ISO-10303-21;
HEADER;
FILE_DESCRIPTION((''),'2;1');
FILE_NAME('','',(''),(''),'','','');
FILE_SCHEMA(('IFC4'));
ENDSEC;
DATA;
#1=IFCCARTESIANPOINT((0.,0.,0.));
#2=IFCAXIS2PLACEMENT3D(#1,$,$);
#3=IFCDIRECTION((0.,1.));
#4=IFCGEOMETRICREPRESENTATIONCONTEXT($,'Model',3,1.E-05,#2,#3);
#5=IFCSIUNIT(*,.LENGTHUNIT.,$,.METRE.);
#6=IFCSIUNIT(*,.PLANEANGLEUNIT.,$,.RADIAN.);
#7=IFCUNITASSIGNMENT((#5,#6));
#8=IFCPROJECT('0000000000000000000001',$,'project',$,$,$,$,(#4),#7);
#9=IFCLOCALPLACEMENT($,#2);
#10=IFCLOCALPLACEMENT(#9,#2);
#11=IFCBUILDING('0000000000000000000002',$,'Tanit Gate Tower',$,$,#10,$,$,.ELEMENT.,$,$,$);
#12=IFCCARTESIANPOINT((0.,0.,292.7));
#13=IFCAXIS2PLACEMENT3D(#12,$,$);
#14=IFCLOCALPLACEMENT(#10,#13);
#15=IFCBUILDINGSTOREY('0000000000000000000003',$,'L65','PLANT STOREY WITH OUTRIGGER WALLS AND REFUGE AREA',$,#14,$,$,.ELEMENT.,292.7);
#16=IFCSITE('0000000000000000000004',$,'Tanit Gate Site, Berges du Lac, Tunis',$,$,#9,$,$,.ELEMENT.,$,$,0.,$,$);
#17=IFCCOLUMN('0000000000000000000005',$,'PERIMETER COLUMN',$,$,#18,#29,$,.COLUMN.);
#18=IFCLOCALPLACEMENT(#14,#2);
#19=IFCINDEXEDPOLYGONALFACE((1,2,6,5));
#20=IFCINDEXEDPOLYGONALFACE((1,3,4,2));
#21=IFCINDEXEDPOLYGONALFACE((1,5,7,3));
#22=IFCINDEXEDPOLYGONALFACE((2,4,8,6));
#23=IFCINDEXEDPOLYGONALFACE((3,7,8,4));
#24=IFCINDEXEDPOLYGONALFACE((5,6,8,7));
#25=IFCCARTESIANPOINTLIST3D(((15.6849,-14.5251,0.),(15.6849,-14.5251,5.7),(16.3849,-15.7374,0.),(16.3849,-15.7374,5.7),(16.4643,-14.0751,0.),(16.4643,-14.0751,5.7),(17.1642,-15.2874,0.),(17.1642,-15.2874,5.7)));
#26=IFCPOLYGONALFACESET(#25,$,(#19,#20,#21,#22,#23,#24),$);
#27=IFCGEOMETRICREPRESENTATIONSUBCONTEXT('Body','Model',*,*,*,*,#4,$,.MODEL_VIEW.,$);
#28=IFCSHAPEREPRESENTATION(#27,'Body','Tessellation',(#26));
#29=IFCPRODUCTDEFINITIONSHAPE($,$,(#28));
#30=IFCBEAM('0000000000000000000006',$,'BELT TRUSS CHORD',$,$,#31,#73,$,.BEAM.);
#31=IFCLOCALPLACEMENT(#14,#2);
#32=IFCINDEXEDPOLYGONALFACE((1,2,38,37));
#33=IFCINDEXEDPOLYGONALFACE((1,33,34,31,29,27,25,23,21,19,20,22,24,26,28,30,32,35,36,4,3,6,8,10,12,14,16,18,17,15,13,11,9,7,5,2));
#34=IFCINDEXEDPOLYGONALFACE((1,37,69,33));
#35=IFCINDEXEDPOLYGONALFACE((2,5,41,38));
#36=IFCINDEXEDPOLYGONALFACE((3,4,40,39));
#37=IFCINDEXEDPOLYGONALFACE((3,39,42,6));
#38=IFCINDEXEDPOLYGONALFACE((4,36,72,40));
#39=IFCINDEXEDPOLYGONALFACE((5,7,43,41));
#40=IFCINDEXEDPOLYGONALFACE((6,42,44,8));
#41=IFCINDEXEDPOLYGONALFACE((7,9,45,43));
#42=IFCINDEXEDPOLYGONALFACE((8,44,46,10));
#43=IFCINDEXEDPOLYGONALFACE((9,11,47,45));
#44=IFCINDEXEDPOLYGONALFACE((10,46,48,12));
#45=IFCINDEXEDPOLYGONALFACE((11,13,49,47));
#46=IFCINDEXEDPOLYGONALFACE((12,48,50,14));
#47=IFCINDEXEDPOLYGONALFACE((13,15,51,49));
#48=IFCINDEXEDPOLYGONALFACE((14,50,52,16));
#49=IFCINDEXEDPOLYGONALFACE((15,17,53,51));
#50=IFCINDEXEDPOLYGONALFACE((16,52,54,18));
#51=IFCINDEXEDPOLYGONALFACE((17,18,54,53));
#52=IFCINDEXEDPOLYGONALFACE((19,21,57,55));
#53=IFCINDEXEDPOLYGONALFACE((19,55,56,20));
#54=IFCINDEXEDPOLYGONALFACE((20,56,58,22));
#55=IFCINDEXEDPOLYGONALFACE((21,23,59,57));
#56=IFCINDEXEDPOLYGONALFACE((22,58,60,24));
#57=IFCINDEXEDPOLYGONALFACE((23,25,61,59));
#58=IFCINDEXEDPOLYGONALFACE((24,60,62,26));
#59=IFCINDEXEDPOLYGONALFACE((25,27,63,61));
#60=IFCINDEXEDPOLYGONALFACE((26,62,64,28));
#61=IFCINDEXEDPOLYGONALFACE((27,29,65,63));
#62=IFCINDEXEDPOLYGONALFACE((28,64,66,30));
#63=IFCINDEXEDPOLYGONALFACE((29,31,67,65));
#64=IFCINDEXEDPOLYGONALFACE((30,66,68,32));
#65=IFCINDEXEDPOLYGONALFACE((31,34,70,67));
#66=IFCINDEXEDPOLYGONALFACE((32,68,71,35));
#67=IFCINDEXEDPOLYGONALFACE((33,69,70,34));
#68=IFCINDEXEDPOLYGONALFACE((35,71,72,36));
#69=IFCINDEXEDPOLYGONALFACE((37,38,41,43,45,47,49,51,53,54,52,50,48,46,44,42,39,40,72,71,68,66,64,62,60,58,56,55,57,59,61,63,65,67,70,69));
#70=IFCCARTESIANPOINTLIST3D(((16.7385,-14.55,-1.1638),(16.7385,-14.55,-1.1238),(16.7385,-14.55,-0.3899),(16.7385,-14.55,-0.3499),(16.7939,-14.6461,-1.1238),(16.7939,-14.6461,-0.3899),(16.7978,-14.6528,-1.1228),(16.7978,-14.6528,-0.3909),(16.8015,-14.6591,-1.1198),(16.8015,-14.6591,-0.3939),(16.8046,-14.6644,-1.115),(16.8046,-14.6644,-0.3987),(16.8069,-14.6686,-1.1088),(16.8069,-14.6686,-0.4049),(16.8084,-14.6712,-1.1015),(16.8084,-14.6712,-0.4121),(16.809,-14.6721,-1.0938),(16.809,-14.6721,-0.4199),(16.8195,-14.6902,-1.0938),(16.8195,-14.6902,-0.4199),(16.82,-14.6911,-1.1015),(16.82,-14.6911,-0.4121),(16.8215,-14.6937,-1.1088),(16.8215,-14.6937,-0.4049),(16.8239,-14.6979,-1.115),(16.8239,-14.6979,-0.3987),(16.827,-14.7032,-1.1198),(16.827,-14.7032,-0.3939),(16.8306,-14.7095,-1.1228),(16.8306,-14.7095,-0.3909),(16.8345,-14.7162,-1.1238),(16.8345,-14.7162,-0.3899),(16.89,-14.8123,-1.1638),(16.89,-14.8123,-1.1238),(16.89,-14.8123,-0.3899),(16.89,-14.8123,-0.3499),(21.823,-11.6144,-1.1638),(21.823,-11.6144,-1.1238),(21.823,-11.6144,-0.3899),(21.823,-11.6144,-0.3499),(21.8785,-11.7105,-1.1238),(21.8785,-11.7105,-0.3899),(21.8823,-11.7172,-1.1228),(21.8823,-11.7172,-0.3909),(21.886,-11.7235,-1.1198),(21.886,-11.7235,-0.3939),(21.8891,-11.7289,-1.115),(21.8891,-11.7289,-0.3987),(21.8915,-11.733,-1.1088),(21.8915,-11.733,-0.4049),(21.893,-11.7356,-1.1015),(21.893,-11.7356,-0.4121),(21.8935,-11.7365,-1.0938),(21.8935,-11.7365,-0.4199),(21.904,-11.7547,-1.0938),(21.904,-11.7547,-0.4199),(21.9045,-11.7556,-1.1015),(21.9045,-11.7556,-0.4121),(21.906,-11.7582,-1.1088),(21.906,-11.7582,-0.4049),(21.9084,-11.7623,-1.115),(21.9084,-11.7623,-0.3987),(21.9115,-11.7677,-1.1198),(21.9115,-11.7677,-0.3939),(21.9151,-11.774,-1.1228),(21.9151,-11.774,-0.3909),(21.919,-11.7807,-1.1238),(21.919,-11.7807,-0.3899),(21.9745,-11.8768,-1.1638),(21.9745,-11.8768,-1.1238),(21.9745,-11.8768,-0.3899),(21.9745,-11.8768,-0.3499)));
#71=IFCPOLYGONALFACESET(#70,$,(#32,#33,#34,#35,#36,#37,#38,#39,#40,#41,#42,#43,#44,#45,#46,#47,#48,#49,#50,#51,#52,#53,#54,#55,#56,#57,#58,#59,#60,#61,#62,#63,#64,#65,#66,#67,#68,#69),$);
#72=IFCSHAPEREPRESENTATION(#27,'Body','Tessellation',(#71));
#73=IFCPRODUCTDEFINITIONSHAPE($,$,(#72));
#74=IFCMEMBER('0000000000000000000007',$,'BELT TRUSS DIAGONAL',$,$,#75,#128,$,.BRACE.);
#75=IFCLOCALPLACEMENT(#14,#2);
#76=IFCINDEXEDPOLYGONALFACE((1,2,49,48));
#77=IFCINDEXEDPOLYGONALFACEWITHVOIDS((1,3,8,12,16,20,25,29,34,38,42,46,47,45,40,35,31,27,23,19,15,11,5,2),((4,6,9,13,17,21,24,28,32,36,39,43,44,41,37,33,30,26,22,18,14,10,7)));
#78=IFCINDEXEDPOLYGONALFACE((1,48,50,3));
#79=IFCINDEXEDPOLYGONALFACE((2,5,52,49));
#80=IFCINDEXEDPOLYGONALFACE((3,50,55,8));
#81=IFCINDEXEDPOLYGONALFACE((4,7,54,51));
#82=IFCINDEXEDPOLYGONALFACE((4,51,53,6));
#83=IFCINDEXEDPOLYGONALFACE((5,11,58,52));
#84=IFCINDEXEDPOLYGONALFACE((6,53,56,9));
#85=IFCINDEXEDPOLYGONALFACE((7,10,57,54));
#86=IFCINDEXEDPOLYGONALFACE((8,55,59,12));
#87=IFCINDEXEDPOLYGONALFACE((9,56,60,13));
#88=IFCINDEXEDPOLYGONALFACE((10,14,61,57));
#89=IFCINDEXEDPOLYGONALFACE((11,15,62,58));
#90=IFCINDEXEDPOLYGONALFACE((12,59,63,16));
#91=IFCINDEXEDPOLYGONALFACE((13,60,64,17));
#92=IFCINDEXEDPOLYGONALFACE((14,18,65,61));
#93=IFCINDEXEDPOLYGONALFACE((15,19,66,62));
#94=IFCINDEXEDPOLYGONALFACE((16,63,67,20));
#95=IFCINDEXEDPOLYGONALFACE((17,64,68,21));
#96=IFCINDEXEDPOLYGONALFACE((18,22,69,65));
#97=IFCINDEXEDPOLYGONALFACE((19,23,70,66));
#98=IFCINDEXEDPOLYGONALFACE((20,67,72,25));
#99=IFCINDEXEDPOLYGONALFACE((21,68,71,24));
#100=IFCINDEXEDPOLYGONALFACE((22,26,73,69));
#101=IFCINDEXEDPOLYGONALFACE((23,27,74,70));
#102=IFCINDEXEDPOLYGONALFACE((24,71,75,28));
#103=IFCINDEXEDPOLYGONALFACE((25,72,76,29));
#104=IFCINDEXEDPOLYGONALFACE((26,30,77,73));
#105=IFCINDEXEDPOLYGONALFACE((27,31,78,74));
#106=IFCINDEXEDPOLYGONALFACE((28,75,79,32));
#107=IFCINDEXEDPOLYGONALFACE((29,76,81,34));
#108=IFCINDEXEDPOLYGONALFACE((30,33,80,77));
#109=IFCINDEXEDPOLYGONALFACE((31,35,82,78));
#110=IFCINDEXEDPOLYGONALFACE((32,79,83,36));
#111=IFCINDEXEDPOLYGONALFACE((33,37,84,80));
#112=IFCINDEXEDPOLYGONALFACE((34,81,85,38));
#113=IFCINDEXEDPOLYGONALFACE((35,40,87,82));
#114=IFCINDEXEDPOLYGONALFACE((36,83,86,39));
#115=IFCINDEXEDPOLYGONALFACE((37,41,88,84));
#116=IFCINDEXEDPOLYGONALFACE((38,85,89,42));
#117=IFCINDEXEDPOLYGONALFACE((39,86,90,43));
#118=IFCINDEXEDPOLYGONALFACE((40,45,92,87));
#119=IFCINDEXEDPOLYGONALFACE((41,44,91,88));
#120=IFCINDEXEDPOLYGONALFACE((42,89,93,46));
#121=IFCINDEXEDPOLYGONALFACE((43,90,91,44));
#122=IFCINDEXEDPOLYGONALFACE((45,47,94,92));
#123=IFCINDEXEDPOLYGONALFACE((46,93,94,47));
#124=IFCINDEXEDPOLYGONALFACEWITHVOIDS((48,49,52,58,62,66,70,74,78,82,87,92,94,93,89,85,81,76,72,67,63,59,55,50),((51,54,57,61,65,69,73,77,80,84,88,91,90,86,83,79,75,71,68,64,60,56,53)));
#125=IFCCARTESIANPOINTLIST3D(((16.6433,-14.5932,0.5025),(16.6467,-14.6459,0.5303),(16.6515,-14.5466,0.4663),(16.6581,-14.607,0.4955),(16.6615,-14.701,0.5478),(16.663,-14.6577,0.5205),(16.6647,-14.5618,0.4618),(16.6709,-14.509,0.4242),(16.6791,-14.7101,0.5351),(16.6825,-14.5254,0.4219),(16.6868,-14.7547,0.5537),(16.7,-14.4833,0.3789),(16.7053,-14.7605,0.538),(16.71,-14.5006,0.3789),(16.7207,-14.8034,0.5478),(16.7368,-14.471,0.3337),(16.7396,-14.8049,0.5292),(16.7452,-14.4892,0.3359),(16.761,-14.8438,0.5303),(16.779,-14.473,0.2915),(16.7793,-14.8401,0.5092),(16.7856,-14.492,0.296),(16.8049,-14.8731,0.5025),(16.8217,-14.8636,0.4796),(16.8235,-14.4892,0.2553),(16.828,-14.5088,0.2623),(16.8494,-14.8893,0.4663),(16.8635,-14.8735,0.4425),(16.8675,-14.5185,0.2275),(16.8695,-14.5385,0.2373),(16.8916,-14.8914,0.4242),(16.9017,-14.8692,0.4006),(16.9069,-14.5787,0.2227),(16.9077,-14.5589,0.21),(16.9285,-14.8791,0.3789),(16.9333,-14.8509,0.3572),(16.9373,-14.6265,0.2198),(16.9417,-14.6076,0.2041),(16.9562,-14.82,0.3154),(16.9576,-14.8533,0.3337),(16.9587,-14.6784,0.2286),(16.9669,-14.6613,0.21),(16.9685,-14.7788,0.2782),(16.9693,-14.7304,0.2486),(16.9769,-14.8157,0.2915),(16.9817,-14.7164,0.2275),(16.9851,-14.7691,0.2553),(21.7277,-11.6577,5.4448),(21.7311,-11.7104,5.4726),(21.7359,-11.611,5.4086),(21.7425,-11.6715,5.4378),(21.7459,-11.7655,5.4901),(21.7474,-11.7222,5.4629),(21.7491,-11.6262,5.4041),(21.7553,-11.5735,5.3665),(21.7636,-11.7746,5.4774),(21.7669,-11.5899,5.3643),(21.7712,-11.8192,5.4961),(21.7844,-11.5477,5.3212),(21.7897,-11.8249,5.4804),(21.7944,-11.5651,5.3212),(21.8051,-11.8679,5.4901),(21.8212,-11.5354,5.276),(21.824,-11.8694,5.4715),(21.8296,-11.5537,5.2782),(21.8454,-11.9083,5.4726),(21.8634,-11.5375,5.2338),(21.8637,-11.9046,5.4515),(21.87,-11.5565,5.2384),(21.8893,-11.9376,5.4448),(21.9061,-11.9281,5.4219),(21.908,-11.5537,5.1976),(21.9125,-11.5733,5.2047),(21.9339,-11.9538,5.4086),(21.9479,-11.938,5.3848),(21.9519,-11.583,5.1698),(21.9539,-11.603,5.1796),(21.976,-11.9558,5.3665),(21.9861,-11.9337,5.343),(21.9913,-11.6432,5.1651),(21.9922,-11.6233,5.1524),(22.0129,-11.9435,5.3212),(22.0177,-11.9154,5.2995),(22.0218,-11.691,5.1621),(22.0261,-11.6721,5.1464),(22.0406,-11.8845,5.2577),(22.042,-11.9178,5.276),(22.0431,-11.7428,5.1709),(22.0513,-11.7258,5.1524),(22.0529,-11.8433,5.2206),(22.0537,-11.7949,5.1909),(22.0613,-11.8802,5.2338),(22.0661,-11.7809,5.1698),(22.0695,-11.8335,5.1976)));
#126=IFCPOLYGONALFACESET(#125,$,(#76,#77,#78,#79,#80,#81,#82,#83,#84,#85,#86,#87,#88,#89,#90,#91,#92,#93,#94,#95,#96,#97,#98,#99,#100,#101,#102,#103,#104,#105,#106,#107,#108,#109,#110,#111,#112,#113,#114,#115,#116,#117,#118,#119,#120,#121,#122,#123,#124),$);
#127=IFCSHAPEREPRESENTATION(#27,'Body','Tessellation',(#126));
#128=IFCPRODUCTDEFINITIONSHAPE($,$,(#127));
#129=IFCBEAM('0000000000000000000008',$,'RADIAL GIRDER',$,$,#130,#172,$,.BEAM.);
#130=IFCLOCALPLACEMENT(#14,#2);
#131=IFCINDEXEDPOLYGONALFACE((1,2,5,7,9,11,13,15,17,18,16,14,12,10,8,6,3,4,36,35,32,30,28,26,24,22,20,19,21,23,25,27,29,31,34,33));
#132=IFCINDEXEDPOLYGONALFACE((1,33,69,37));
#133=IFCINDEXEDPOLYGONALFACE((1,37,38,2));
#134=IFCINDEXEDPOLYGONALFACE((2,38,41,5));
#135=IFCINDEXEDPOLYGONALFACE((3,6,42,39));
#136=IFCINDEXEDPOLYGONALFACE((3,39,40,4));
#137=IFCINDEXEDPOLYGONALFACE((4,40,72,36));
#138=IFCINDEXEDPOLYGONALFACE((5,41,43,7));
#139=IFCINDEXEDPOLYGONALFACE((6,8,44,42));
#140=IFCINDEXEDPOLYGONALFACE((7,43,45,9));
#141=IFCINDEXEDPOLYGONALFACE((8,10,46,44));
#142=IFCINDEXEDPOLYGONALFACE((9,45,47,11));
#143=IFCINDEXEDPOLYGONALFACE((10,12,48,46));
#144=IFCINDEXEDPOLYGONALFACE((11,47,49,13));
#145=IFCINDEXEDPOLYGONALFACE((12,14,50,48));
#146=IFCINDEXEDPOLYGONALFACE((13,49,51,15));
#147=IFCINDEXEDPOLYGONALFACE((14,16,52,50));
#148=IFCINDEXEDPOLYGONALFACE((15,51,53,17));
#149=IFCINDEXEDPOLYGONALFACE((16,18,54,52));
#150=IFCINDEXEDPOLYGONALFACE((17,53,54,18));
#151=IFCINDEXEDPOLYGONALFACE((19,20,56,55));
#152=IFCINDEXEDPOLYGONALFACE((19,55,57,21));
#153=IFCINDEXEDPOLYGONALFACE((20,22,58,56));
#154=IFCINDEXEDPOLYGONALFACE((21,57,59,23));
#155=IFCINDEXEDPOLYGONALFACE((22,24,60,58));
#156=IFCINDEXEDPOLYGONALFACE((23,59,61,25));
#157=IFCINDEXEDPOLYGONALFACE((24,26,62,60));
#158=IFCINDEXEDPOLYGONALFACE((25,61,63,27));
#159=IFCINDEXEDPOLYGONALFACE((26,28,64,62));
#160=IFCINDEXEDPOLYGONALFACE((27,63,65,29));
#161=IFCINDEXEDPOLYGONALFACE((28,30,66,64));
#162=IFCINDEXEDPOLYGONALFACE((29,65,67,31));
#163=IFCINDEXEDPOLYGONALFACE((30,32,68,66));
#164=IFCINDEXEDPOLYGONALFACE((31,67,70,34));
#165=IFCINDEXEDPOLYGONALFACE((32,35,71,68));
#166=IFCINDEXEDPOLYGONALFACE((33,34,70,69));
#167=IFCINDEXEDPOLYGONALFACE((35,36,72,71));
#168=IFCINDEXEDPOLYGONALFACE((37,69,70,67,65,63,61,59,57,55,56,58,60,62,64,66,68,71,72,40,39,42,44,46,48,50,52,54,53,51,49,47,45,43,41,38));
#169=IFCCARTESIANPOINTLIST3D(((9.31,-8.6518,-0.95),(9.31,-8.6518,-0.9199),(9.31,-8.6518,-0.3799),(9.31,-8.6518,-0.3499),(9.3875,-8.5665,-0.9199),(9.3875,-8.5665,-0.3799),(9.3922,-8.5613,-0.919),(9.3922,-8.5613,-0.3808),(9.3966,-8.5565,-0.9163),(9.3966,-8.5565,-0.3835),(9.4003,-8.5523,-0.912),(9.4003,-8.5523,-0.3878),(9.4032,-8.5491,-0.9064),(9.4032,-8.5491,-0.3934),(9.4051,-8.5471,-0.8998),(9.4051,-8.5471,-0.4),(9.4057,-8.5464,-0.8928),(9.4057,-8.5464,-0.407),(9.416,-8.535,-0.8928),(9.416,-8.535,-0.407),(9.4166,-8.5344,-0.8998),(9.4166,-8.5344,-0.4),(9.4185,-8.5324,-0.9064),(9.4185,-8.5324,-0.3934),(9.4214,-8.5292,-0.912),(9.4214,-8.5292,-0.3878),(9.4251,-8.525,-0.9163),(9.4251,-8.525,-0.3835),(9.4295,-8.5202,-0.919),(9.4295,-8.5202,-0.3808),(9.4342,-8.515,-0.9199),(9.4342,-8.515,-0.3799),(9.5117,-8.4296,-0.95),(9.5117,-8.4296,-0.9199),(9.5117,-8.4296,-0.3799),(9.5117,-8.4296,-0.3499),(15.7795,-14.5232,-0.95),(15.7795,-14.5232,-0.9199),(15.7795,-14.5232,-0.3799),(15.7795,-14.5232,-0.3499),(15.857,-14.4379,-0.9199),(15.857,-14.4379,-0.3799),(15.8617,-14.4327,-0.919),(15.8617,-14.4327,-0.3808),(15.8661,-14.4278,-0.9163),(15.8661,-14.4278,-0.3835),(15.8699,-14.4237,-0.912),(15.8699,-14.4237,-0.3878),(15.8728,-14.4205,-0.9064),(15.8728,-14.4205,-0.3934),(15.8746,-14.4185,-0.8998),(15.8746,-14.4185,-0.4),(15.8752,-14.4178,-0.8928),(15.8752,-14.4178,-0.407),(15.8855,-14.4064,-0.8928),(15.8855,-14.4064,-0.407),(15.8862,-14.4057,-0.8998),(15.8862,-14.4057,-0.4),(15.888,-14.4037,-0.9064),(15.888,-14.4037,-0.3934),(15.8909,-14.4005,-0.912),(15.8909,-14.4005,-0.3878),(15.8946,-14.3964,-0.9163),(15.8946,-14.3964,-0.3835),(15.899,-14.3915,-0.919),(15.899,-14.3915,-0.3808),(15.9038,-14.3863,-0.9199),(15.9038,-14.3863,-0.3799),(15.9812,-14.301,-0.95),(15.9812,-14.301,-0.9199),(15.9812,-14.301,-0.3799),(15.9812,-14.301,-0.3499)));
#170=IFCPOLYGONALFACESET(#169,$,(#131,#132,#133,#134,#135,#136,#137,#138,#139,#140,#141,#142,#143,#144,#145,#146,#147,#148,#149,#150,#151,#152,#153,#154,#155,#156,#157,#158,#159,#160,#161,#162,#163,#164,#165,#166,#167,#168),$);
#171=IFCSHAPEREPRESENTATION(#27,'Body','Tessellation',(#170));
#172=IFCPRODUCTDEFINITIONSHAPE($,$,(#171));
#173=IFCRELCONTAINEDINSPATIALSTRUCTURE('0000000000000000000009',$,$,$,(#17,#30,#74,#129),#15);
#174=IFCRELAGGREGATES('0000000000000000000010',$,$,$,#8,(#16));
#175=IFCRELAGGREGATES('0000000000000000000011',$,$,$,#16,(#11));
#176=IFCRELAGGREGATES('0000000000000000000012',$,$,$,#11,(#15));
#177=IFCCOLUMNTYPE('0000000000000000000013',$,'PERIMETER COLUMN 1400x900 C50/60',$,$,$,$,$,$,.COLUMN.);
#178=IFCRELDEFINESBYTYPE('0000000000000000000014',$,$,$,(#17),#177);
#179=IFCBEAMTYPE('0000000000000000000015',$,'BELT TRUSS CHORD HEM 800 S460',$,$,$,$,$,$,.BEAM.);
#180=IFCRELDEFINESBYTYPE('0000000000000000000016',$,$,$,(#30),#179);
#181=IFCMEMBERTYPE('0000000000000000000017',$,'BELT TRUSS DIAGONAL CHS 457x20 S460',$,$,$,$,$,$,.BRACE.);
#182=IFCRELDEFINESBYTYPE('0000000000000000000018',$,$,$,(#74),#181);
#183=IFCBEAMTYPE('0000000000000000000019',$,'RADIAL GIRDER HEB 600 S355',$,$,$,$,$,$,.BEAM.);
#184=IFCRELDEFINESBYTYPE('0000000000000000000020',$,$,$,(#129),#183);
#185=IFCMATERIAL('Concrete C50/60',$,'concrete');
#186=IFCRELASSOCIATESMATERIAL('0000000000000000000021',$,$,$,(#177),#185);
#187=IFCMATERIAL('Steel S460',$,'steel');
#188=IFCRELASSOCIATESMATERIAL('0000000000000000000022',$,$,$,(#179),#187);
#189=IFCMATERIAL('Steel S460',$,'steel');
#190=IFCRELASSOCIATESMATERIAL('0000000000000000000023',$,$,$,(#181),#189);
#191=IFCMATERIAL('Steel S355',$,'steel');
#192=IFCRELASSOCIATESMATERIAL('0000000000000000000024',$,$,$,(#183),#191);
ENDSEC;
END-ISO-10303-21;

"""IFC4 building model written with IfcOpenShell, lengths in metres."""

from ifc_helpers import new_model, si_unit, direction, frame, origin, origin_2d, place, context, subcontext, project, spatial, rectangle, hollow_circle, i_section, extrude, material, material_profile, profile_set, type_object, element, save


model = new_model("IFC4")

# Units and contexts
model_context = context("Model", 3, precision=1e-05, world=origin(), true_north=direction((0.0, 1.0)))
body_context = subcontext(model_context, "Body", "Model", "MODEL_VIEW")
ifc_project = project(units=[si_unit("LENGTHUNIT", "METRE"), si_unit("PLANEANGLEUNIT", "RADIAN")], contexts=[model_context])

# Site, building, storey
site_placement = place(None, origin())
site = spatial("IfcSite", under=ifc_project, at=site_placement, Name="Tanit Gate Site, Berges du Lac, Tunis", CompositionType="ELEMENT", RefElevation=0.0)
building_placement = place(site_placement, origin())
building = spatial("IfcBuilding", under=site, at=building_placement, Name="Tanit Gate Tower", CompositionType="ELEMENT")
storey_placement = place(building_placement, frame((0.0, 0.0, 292.7)))
storey = spatial("IfcBuildingStorey", under=building, at=storey_placement, Name="L65", Description="PLANT STOREY WITH OUTRIGGER WALLS AND REFUGE AREA", CompositionType="ELEMENT", Elevation=292.7)

# Column
ifc_material_1 = material(Name="Concrete C50/60", Category="concrete")
ifc_material_profile_1 = material_profile(ifc_material_1, rectangle(XDim=1.3999, YDim=0.8999, at=origin_2d()), Name="RC 1400x900")
ifc_profile_set_1 = profile_set([ifc_material_profile_1], Name="Concrete C50/60")
column_type = type_object("IfcColumnType", Name="PERIMETER COLUMN 1400x900 C50/60", PredefinedType="COLUMN", material=ifc_profile_set_1)
column_placement = place(storey_placement, frame((16.4246, -14.9062, 0.0), z_axis=(0.0, 0.0, 1.0), x_axis=(0.5, -0.866025, 0.0)))
element("IfcColumn", 1, at=column_placement, inside=storey, type_object=column_type, Name="PERIMETER COLUMN", PredefinedType="COLUMN", context=body_context, shape_type="SweptSolid", body=[
    extrude(rectangle(XDim=1.3999, YDim=0.8999, at=origin_2d()), origin(), (0.0, 0.0, 1.0), 5.7),
])

# Beam
ifc_material_2 = material(Name="Steel S460", Category="steel")
ifc_material_profile_2 = material_profile(ifc_material_2, i_section(OverallWidth=0.303, OverallDepth=0.814, WebThickness=0.021, FlangeThickness=0.04, FilletRadius=0.03, at=origin_2d()), Name="HEM 800")
ifc_profile_set_2 = profile_set([ifc_material_profile_2], Name="Steel S460")
beam_type_1 = type_object("IfcBeamType", Name="BELT TRUSS CHORD HEM 800 S460", PredefinedType="BEAM", material=ifc_profile_set_2)
beam_1_placement = place(storey_placement, frame((16.8142, -14.6812, -0.7568), z_axis=(0.866024, 0.500003, 0.0), x_axis=(-0.500003, 0.866024, 0.0)))
element("IfcBeam", 2, at=beam_1_placement, inside=storey, type_object=beam_type_1, Name="BELT TRUSS CHORD", PredefinedType="BEAM", context=body_context, shape_type="SweptSolid", body=[
    extrude(i_section(OverallWidth=0.303, OverallDepth=0.814, WebThickness=0.021, FlangeThickness=0.04, FilletRadius=0.03, at=origin_2d()), origin(), (0.0, 0.0, 1.0), 5.8711),
])

# Member
ifc_material_3 = material(Name="Steel S460", Category="steel")
ifc_material_profile_3 = material_profile(ifc_material_3, hollow_circle(Radius=0.2285, WallThickness=0.02, at=origin_2d()), Name="CHS 457x20")
ifc_profile_set_3 = profile_set([ifc_material_profile_3], Name="Steel S460")
member_type = type_object("IfcMemberType", Name="BELT TRUSS DIAGONAL CHS 457x20 S460", PredefinedType="BRACE", material=ifc_profile_set_3)
member_placement = place(storey_placement, frame((16.8142, -14.6812, 0.3789), z_axis=(0.662524, 0.382511, 0.644009), x_axis=(-0.500003, 0.866024, 0.0)))
element("IfcMember", 3, at=member_placement, inside=storey, type_object=member_type, Name="BELT TRUSS DIAGONAL", PredefinedType="BRACE", context=body_context, shape_type="SweptSolid", body=[
    extrude(hollow_circle(Radius=0.2285, WallThickness=0.02, at=origin_2d()), origin(), (0.0, 0.0, 1.0), 7.6743),
])

# Beam
ifc_material_4 = material(Name="Steel S355", Category="steel")
ifc_material_profile_4 = material_profile(ifc_material_4, i_section(OverallWidth=0.3, OverallDepth=0.6001, WebThickness=0.0154, FlangeThickness=0.03, FilletRadius=0.0271, at=origin_2d()), Name="HEB 600")
ifc_profile_set_4 = profile_set([ifc_material_profile_4], Name="Steel S355")
beam_type_2 = type_object("IfcBeamType", Name="RADIAL GIRDER HEB 600 S355", PredefinedType="BEAM", material=ifc_profile_set_4)
beam_2_placement = place(storey_placement, frame((15.8804, -14.4121, -0.6499), z_axis=(-0.74051, 0.672045, 0.0), x_axis=(-0.672045, -0.74051, 0.0)))
element("IfcBeam", 4, at=beam_2_placement, inside=storey, type_object=beam_type_2, Name="RADIAL GIRDER", PredefinedType="BEAM", context=body_context, shape_type="SweptSolid", body=[
    extrude(i_section(OverallWidth=0.3, OverallDepth=0.6001, WebThickness=0.0154, FlangeThickness=0.03, FilletRadius=0.0271, at=origin_2d()), origin(), (0.0, 0.0, 1.0), 8.7366),
])

save(model, "model.ifc")
